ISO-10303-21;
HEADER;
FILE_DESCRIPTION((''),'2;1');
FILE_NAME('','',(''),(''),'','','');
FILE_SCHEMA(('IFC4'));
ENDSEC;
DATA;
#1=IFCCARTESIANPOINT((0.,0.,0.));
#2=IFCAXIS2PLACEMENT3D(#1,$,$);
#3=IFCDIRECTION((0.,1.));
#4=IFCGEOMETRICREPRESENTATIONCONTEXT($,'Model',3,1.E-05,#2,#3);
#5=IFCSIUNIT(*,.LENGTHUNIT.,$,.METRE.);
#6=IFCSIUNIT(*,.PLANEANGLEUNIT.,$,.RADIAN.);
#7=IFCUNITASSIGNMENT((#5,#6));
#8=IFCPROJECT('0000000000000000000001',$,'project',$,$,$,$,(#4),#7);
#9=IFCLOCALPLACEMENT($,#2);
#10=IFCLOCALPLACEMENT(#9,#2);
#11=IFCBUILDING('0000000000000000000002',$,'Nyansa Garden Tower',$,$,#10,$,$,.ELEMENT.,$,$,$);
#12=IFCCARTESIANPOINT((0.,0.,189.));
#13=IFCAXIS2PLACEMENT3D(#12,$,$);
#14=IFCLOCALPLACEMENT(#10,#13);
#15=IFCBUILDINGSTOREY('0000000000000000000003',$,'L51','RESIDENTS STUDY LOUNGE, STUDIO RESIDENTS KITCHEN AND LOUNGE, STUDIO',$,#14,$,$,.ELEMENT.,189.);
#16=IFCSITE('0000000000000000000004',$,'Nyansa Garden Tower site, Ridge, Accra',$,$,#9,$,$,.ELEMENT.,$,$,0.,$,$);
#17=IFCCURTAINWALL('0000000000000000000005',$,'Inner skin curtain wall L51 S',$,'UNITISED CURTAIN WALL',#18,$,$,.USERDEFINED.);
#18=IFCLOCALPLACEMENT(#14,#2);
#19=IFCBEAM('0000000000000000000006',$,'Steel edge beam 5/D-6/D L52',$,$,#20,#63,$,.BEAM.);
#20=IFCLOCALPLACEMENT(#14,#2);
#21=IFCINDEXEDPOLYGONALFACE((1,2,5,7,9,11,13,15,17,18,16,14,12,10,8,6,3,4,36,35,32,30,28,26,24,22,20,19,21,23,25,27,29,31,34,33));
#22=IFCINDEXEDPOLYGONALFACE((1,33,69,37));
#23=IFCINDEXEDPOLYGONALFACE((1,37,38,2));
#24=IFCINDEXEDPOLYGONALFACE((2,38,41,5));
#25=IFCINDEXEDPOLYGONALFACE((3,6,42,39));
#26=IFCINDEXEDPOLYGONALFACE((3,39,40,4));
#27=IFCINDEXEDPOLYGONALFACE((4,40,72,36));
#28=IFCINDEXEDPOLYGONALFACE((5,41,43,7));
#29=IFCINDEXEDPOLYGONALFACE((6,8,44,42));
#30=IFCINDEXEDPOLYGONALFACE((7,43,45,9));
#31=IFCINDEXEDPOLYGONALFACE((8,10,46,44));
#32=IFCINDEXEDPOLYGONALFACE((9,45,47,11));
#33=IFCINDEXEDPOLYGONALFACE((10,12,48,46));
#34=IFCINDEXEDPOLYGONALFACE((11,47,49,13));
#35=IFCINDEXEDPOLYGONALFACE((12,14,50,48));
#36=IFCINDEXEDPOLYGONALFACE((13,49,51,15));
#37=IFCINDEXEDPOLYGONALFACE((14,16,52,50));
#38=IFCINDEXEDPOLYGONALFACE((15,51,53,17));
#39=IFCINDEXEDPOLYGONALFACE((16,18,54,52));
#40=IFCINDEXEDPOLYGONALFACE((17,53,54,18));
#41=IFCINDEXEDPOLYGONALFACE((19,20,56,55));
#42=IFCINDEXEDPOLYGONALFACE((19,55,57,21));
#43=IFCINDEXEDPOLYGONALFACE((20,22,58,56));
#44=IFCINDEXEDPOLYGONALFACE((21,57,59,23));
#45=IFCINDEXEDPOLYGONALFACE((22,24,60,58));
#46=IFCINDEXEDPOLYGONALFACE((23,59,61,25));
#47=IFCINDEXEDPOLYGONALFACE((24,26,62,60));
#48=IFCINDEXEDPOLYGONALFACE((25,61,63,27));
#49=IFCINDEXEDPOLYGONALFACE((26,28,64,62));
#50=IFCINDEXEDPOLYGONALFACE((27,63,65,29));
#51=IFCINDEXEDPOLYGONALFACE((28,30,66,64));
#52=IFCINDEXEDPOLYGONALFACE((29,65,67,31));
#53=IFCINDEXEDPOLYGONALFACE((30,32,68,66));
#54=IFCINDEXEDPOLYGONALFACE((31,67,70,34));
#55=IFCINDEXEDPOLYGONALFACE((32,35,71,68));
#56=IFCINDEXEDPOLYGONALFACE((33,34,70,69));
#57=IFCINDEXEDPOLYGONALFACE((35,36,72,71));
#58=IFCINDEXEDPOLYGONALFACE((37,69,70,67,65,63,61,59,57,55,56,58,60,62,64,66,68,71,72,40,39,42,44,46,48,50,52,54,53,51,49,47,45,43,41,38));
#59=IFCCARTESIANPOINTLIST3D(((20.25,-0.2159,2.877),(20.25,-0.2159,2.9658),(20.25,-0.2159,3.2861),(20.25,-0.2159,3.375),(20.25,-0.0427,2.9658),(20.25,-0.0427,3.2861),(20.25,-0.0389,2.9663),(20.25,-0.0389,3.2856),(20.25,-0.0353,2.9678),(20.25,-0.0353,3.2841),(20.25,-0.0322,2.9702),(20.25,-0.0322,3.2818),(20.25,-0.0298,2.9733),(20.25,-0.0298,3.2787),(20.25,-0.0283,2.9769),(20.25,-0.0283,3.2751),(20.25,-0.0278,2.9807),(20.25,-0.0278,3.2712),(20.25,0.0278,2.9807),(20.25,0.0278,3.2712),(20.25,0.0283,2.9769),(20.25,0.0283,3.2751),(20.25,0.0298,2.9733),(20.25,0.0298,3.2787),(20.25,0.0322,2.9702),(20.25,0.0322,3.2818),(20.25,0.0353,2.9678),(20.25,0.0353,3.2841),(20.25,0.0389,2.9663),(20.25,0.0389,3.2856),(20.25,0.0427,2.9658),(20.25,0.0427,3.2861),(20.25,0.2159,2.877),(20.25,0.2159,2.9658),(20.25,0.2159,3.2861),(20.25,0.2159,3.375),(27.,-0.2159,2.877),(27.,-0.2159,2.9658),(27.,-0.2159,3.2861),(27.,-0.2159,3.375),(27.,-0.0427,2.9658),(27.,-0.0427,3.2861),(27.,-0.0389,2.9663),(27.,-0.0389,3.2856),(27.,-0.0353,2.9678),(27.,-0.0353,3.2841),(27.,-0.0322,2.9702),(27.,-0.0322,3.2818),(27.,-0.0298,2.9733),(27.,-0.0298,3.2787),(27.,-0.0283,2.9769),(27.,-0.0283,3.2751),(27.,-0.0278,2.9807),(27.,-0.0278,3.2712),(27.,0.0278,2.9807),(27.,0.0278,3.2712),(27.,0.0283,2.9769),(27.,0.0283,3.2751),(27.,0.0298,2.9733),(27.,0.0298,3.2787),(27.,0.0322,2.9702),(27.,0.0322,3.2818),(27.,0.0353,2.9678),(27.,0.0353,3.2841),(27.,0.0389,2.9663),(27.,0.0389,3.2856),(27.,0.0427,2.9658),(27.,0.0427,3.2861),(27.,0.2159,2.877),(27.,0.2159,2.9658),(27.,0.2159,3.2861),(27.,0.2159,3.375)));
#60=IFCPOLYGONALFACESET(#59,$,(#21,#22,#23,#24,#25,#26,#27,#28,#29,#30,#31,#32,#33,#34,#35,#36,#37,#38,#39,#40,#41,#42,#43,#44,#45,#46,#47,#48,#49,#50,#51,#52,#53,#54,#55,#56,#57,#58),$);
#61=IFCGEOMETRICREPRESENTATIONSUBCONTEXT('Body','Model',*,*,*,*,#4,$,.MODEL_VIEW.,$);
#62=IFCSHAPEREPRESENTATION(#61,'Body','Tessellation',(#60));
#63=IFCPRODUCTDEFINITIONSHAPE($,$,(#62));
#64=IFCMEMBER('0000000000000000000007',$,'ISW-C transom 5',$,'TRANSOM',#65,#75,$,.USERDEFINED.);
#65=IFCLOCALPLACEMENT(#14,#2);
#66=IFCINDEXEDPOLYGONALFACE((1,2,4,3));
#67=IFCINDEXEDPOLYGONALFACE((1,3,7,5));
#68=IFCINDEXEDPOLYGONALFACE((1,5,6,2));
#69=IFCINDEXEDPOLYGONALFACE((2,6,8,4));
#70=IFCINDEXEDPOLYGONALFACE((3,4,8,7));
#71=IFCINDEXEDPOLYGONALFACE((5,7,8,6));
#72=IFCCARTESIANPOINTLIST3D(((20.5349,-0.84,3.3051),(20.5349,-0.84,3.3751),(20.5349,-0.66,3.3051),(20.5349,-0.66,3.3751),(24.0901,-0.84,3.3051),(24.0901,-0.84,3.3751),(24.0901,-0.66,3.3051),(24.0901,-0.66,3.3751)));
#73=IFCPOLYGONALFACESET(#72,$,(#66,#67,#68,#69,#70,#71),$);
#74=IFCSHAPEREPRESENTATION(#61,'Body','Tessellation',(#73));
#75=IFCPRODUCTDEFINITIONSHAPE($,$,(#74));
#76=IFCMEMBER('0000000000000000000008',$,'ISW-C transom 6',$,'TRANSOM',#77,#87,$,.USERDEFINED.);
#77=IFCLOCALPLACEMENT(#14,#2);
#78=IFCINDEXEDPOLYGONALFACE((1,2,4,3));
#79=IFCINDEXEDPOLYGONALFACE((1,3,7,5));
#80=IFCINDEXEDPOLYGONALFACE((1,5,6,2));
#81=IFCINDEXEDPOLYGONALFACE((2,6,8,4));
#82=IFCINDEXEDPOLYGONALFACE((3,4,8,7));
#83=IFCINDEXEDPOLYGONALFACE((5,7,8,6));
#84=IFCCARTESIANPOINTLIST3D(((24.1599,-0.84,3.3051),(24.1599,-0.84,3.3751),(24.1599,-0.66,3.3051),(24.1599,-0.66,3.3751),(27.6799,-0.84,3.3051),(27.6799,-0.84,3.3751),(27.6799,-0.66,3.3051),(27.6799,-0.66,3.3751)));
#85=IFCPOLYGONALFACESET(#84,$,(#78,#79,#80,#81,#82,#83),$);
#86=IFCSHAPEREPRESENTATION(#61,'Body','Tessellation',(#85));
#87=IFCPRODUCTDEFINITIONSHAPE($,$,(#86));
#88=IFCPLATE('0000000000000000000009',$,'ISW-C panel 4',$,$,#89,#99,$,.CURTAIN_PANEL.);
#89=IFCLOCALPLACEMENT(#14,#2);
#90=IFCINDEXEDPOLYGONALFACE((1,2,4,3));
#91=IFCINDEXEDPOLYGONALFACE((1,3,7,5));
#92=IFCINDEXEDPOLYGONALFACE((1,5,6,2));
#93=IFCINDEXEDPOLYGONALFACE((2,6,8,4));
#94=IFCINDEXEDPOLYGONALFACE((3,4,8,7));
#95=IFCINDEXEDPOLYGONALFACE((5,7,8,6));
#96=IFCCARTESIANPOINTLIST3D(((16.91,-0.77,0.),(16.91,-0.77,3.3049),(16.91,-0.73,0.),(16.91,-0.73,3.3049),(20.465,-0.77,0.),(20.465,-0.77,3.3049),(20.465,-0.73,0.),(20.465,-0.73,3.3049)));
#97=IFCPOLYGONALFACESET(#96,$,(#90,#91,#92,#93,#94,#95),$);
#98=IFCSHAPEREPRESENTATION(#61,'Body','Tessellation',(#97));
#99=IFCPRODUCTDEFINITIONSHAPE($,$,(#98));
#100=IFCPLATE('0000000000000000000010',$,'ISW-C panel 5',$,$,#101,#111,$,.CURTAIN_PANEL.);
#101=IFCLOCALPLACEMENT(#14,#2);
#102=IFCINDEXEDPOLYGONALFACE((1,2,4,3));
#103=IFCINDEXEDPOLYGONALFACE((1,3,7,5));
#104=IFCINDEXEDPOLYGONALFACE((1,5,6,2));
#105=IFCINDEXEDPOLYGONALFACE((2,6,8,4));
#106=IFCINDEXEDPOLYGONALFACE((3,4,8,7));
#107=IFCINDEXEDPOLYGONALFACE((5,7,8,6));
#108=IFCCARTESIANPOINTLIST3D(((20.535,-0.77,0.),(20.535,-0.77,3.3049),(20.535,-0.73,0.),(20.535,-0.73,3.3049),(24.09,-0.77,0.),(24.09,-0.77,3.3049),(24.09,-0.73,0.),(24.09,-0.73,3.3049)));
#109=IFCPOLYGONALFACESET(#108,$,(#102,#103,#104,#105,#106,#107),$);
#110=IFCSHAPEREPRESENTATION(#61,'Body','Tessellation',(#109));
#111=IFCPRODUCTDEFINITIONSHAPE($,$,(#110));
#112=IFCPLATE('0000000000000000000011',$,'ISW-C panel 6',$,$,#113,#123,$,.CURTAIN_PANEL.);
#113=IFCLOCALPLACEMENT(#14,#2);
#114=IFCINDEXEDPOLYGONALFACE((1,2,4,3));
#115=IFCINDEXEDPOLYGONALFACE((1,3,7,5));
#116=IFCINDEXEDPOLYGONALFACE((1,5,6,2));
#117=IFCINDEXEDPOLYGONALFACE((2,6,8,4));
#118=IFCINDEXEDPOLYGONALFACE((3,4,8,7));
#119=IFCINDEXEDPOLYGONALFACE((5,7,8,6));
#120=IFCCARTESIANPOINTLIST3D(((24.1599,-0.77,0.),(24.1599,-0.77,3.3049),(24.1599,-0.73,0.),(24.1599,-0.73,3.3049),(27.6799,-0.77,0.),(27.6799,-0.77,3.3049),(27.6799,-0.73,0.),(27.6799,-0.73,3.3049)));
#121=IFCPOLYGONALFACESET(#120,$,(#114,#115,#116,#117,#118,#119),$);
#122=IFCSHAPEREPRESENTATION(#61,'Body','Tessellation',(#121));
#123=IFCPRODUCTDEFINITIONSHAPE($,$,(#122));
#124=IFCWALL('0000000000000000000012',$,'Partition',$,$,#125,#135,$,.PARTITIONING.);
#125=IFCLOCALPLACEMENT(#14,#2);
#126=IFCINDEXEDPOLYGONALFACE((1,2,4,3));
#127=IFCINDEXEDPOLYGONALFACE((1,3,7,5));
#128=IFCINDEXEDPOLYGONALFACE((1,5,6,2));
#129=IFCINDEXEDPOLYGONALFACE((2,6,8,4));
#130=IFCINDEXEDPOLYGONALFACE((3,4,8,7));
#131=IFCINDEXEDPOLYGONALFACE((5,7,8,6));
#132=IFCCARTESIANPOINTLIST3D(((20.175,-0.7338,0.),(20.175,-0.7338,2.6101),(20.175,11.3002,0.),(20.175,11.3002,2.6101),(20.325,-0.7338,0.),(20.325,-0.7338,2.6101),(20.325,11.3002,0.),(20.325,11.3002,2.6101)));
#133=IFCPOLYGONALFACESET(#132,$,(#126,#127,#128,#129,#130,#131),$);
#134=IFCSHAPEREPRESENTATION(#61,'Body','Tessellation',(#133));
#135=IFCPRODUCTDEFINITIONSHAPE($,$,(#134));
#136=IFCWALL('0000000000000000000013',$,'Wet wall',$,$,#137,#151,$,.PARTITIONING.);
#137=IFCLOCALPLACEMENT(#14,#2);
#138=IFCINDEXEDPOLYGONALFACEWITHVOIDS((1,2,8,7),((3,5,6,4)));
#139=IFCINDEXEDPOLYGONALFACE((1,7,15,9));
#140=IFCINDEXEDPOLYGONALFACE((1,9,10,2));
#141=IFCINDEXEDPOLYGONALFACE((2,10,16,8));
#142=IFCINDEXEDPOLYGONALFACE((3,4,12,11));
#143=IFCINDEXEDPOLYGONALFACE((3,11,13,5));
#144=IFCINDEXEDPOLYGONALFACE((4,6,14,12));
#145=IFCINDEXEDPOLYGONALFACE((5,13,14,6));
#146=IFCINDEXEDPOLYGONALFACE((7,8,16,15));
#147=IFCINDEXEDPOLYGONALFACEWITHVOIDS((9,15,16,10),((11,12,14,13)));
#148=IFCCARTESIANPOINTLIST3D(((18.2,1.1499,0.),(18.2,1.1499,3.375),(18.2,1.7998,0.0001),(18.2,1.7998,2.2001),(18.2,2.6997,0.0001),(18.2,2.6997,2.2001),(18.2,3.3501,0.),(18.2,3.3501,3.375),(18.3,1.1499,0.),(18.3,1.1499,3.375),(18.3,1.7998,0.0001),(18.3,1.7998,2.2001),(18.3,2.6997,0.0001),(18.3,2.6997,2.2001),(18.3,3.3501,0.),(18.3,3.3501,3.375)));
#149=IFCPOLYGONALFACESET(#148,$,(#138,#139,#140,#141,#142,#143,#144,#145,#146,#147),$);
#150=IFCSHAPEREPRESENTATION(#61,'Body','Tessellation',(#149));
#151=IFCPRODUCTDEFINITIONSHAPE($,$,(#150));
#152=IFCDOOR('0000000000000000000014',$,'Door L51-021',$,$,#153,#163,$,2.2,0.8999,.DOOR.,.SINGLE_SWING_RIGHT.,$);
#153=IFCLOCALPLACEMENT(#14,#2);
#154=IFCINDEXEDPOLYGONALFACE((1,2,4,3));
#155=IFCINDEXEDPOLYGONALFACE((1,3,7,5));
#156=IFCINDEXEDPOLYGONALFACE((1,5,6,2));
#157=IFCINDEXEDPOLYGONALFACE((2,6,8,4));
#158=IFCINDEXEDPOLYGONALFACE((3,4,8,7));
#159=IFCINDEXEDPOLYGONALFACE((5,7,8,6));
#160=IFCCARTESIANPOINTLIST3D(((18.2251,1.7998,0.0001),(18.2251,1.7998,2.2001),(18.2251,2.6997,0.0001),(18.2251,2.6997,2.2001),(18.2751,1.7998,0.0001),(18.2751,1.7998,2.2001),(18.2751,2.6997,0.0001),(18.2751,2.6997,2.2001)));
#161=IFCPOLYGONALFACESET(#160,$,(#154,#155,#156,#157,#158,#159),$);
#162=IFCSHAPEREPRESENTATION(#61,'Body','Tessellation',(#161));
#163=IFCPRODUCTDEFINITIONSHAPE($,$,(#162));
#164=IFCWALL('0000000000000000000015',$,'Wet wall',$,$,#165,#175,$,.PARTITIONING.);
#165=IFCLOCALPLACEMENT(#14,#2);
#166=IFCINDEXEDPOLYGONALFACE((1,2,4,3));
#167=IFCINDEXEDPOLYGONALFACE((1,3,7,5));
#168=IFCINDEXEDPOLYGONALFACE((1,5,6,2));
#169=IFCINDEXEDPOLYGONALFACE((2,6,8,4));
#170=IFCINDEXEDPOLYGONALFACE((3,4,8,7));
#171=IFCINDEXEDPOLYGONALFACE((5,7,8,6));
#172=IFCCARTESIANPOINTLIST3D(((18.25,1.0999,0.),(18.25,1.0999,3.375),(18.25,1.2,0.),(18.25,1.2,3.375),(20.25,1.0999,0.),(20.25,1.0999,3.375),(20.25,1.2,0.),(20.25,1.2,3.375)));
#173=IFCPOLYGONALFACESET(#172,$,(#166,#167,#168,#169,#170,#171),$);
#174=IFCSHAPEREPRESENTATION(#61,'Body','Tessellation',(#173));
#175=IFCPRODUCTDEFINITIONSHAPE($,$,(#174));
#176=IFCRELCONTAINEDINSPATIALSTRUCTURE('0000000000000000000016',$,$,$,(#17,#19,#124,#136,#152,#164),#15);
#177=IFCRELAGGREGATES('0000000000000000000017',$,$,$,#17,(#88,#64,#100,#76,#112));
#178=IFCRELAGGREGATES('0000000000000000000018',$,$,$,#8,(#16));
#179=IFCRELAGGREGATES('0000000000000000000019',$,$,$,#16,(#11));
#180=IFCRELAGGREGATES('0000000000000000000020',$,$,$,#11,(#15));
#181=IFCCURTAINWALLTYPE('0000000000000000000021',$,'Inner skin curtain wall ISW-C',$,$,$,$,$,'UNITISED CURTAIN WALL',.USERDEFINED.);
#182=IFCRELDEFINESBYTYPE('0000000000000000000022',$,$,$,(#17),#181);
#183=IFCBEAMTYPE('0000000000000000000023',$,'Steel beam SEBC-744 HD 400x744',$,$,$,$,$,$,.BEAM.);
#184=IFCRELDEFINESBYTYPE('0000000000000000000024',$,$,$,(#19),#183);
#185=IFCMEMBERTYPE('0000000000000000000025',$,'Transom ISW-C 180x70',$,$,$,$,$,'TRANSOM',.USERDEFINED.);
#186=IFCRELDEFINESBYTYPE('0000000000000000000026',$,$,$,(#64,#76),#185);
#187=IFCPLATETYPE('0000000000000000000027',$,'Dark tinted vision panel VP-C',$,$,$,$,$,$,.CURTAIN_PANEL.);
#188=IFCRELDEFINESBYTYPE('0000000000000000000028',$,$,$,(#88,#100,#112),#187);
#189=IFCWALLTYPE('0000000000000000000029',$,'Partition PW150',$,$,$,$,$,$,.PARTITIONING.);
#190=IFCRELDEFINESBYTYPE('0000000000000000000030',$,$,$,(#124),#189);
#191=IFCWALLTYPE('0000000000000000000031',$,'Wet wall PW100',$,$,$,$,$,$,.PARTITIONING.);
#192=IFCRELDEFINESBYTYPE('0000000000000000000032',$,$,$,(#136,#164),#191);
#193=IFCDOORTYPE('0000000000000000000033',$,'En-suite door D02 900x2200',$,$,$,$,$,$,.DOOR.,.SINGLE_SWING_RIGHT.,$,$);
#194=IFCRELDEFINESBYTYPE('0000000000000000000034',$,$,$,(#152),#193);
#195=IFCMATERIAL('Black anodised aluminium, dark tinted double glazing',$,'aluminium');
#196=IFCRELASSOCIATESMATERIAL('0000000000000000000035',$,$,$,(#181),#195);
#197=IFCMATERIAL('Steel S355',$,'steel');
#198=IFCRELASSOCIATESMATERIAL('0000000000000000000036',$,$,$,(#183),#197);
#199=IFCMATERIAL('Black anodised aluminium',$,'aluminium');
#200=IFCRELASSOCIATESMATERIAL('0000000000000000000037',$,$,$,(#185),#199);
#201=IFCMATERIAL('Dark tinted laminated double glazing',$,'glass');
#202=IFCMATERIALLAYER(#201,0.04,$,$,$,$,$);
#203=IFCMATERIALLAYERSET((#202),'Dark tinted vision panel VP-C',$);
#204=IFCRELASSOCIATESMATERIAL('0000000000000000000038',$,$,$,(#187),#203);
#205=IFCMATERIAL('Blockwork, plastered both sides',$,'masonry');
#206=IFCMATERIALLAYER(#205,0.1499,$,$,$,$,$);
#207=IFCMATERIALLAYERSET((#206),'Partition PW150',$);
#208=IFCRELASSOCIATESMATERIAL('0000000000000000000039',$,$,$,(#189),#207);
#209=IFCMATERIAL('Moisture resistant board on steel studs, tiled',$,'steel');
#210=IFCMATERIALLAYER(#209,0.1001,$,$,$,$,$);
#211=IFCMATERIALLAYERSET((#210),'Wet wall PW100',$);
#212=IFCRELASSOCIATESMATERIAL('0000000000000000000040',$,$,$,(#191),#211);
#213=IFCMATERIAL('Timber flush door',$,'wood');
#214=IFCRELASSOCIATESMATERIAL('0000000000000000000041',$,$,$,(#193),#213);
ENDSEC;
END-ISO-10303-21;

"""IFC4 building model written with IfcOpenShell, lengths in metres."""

from ifc_helpers import new_model, si_unit, direction, frame, frame_2d, origin, origin_2d, place, context, subcontext, project, spatial, rectangle, i_section, extrude, material, layer, layer_set, material_profile, profile_set, type_object, element, fill, aggregate, save


model = new_model("IFC4")

# Units and contexts
model_context = context("Model", 3, precision=1e-05, world=origin(), true_north=direction((0.0, 1.0)))
body_context = subcontext(model_context, "Body", "Model", "MODEL_VIEW")
ifc_project = project(units=[si_unit("LENGTHUNIT", "METRE"), si_unit("PLANEANGLEUNIT", "RADIAN")], contexts=[model_context])

# Site, building, storey
site_placement = place(None, origin())
site = spatial("IfcSite", under=ifc_project, at=site_placement, Name="Nyansa Garden Tower site, Ridge, Accra", CompositionType="ELEMENT", RefElevation=0.0)
building_placement = place(site_placement, origin())
building = spatial("IfcBuilding", under=site, at=building_placement, Name="Nyansa Garden Tower", CompositionType="ELEMENT")
storey_placement = place(building_placement, frame((0.0, 0.0, 189.0)))
storey = spatial("IfcBuildingStorey", under=building, at=storey_placement, Name="L51", Description="RESIDENTS STUDY LOUNGE, STUDIO RESIDENTS KITCHEN AND LOUNGE, STUDIO", CompositionType="ELEMENT", Elevation=189.0)

# Curtain wall
ifc_material_1 = material(Name="Black anodised aluminium, dark tinted double glazing", Category="aluminium")
curtain_wall_type = type_object("IfcCurtainWallType", Name="Inner skin curtain wall ISW-C", ElementType="UNITISED CURTAIN WALL", PredefinedType="USERDEFINED", material=ifc_material_1)
curtain_wall_placement = place(storey_placement, origin())
curtain_wall = element("IfcCurtainWall", 1, at=curtain_wall_placement, inside=storey, type_object=curtain_wall_type, Name="Inner skin curtain wall L51 S", ObjectType="UNITISED CURTAIN WALL", PredefinedType="USERDEFINED")

# Beam
ifc_material_2 = material(Name="Steel S355", Category="steel")
ifc_material_profile_1 = material_profile(ifc_material_2, i_section(OverallWidth=0.4319, OverallDepth=0.498, WebThickness=0.0557, FlangeThickness=0.0889, FilletRadius=0.0149, at=origin_2d()), Name="HD 400x744")
ifc_profile_set_1 = profile_set([ifc_material_profile_1], Name="Steel S355")
beam_type_1 = type_object("IfcBeamType", Name="Steel beam SEBC-744 HD 400x744", PredefinedType="BEAM", material=ifc_profile_set_1)
beam_1_placement = place(storey_placement, frame((20.25, 0.0, 3.126), z_axis=(1.0, 0.0, 0.0), x_axis=(0.0, 1.0, 0.0)))
element("IfcBeam", 2, at=beam_1_placement, inside=storey, type_object=beam_type_1, Name="Steel edge beam 5/D-6/D L52", PredefinedType="BEAM", context=body_context, shape_type="SweptSolid", body=[
    extrude(i_section(OverallWidth=0.4319, OverallDepth=0.498, WebThickness=0.0557, FlangeThickness=0.0889, FilletRadius=0.0149, at=origin_2d()), origin(), (0.0, 0.0, 1.0), 6.75),
])

# Members
ifc_material_3 = material(Name="Black anodised aluminium", Category="aluminium")
ifc_material_profile_2 = material_profile(ifc_material_3, rectangle(XDim=0.1799, YDim=0.0701, at=origin_2d()), Name="Transom 180x70")
ifc_profile_set_2 = profile_set([ifc_material_profile_2], Name="Black anodised aluminium")
member_type_1 = type_object("IfcMemberType", Name="Transom ISW-C 180x70", ElementType="TRANSOM", PredefinedType="USERDEFINED", material=ifc_profile_set_2)
member_1_placement = place(storey_placement, frame((20.5349, -0.75, 3.3401), z_axis=(1.0, 0.0, 0.0), x_axis=(0.0, 1.0, 0.0)))
member_1 = element("IfcMember", 3, at=member_1_placement, type_object=member_type_1, Name="ISW-C transom 5", ObjectType="TRANSOM", PredefinedType="USERDEFINED", context=body_context, shape_type="SweptSolid", body=[
    extrude(rectangle(XDim=0.1799, YDim=0.0701, at=origin_2d()), origin(), (0.0, 0.0, 1.0), 3.5552),
])
member_2_placement = place(storey_placement, frame((24.1599, -0.75, 3.3401), z_axis=(1.0, 0.0, 0.0), x_axis=(0.0, 1.0, 0.0)))
member_2 = element("IfcMember", 4, at=member_2_placement, type_object=member_type_1, Name="ISW-C transom 6", ObjectType="TRANSOM", PredefinedType="USERDEFINED", context=body_context, shape_type="SweptSolid", body=[
    extrude(rectangle(XDim=0.1799, YDim=0.0701, at=origin_2d()), origin(), (0.0, 0.0, 1.0), 3.52),
])

# Plates
ifc_material_4 = material(Name="Dark tinted laminated double glazing", Category="glass")
ifc_layer_1 = layer(ifc_material_4, 0.04)
ifc_layer_set_1 = layer_set([ifc_layer_1], Name="Dark tinted vision panel VP-C")
plate_type = type_object("IfcPlateType", Name="Dark tinted vision panel VP-C", PredefinedType="CURTAIN_PANEL", material=ifc_layer_set_1)
plate_1_placement = place(storey_placement, frame((18.6875, -0.75, 0.0), z_axis=(0.0, 0.0, 1.0), x_axis=(1.0, 0.0, 0.0)))
plate_1 = element("IfcPlate", 5, at=plate_1_placement, type_object=plate_type, Name="ISW-C panel 4", PredefinedType="CURTAIN_PANEL", context=body_context, shape_type="SweptSolid", body=[
    extrude(rectangle(XDim=3.5549, YDim=0.04, at=origin_2d()), origin(), (0.0, 0.0, 1.0), 3.3049),
])
plate_2_placement = place(storey_placement, frame((22.3125, -0.75, 0.0), z_axis=(0.0, 0.0, 1.0), x_axis=(1.0, 0.0, 0.0)))
plate_2 = element("IfcPlate", 6, at=plate_2_placement, type_object=plate_type, Name="ISW-C panel 5", PredefinedType="CURTAIN_PANEL", context=body_context, shape_type="SweptSolid", body=[
    extrude(rectangle(XDim=3.5549, YDim=0.04, at=origin_2d()), origin(), (0.0, 0.0, 1.0), 3.3049),
])
plate_3_placement = place(storey_placement, frame((25.9199, -0.75, 0.0), z_axis=(0.0, 0.0, 1.0), x_axis=(1.0, 0.0, 0.0)))
plate_3 = element("IfcPlate", 7, at=plate_3_placement, type_object=plate_type, Name="ISW-C panel 6", PredefinedType="CURTAIN_PANEL", context=body_context, shape_type="SweptSolid", body=[
    extrude(rectangle(XDim=3.52, YDim=0.04, at=origin_2d()), origin(), (0.0, 0.0, 1.0), 3.3049),
])
aggregate(curtain_wall, [plate_1, member_1, plate_2, member_2, plate_3])

# Wall
ifc_material_5 = material(Name="Blockwork, plastered both sides", Category="masonry")
ifc_layer_2 = layer(ifc_material_5, 0.1499)
ifc_layer_set_2 = layer_set([ifc_layer_2], Name="Partition PW150")
wall_type_1 = type_object("IfcWallType", Name="Partition PW150", PredefinedType="PARTITIONING", material=ifc_layer_set_2)
wall_1_placement = place(storey_placement, frame((20.25, -0.7339, 0.0), z_axis=(0.0, 0.0, 1.0), x_axis=(0.0, 1.0, 0.0)))
element("IfcWall", 8, at=wall_1_placement, inside=storey, type_object=wall_type_1, Name="Partition", PredefinedType="PARTITIONING", context=body_context, shape_type="SweptSolid", body=[
    extrude(rectangle(XDim=12.0339, YDim=0.1499, at=frame_2d((6.0171, 0.0))), origin(), (0.0, 0.0, 1.0), 2.6101),
])

# Wall, opening, door
ifc_material_6 = material(Name="Moisture resistant board on steel studs, tiled", Category="steel")
ifc_layer_3 = layer(ifc_material_6, 0.1001)
ifc_layer_set_3 = layer_set([ifc_layer_3], Name="Wet wall PW100")
wall_type_2 = type_object("IfcWallType", Name="Wet wall PW100", PredefinedType="PARTITIONING", material=ifc_layer_set_3)
wall_2_placement = place(storey_placement, frame((18.25, 1.1499, 0.0), z_axis=(0.0, 0.0, 1.0), x_axis=(0.0, 1.0, 0.0)))
wall_2 = element("IfcWall", 9, at=wall_2_placement, inside=storey, type_object=wall_type_2, Name="Wet wall", PredefinedType="PARTITIONING", context=body_context, shape_type="SweptSolid", body=[
    extrude(rectangle(XDim=2.2002, YDim=0.1001, at=frame_2d((1.1001, 0.0))), origin(), (0.0, 0.0, 1.0), 3.375),
])
opening_1_placement = place(wall_2_placement, frame((0.6499, 0.0, 0.0)))
opening_1 = element("IfcOpeningElement", 10, at=opening_1_placement, cuts=wall_2, PredefinedType="OPENING", context=body_context, shape_type="SweptSolid", body=[
    extrude(rectangle(XDim=0.8999, YDim=2.2, at=frame_2d((0.45, 1.1001))), frame((0.0, 0.0601, 0.0), z_axis=(0.0, -1.0, 0.0), x_axis=(1.0, 0.0, 0.0)), (0.0, 0.0, 1.0), 0.1201),
])
ifc_material_7 = material(Name="Timber flush door", Category="wood")
door_type = type_object("IfcDoorType", Name="En-suite door D02 900x2200", OperationType="SINGLE_SWING_RIGHT", PredefinedType="DOOR", material=ifc_material_7)
door_1_placement = place(opening_1_placement, origin())
door_1 = element("IfcDoor", 11, at=door_1_placement, inside=storey, type_object=door_type, Name="Door L51-021", OperationType="SINGLE_SWING_RIGHT", OverallHeight=2.2, OverallWidth=0.8999, PredefinedType="DOOR", context=body_context, shape_type="SweptSolid", body=[
    extrude(rectangle(XDim=0.8999, YDim=2.2, at=frame_2d((0.45, 1.1001))), frame((0.0, 0.0249, 0.0), z_axis=(0.0, -1.0, 0.0), x_axis=(1.0, 0.0, 0.0)), (0.0, 0.0, 1.0), 0.05),
])
fill(opening_1, door_1)

# Wall
wall_3_placement = place(storey_placement, frame((18.25, 1.1499, 0.0), z_axis=(0.0, 0.0, 1.0), x_axis=(1.0, 0.0, 0.0)))
element("IfcWall", 12, at=wall_3_placement, inside=storey, type_object=wall_type_2, Name="Wet wall", PredefinedType="PARTITIONING", context=body_context, shape_type="SweptSolid", body=[
    extrude(rectangle(XDim=2.0, YDim=0.1001, at=frame_2d((1.0, 0.0))), origin(), (0.0, 0.0, 1.0), 3.375),
])

save(model, "model.ifc")
